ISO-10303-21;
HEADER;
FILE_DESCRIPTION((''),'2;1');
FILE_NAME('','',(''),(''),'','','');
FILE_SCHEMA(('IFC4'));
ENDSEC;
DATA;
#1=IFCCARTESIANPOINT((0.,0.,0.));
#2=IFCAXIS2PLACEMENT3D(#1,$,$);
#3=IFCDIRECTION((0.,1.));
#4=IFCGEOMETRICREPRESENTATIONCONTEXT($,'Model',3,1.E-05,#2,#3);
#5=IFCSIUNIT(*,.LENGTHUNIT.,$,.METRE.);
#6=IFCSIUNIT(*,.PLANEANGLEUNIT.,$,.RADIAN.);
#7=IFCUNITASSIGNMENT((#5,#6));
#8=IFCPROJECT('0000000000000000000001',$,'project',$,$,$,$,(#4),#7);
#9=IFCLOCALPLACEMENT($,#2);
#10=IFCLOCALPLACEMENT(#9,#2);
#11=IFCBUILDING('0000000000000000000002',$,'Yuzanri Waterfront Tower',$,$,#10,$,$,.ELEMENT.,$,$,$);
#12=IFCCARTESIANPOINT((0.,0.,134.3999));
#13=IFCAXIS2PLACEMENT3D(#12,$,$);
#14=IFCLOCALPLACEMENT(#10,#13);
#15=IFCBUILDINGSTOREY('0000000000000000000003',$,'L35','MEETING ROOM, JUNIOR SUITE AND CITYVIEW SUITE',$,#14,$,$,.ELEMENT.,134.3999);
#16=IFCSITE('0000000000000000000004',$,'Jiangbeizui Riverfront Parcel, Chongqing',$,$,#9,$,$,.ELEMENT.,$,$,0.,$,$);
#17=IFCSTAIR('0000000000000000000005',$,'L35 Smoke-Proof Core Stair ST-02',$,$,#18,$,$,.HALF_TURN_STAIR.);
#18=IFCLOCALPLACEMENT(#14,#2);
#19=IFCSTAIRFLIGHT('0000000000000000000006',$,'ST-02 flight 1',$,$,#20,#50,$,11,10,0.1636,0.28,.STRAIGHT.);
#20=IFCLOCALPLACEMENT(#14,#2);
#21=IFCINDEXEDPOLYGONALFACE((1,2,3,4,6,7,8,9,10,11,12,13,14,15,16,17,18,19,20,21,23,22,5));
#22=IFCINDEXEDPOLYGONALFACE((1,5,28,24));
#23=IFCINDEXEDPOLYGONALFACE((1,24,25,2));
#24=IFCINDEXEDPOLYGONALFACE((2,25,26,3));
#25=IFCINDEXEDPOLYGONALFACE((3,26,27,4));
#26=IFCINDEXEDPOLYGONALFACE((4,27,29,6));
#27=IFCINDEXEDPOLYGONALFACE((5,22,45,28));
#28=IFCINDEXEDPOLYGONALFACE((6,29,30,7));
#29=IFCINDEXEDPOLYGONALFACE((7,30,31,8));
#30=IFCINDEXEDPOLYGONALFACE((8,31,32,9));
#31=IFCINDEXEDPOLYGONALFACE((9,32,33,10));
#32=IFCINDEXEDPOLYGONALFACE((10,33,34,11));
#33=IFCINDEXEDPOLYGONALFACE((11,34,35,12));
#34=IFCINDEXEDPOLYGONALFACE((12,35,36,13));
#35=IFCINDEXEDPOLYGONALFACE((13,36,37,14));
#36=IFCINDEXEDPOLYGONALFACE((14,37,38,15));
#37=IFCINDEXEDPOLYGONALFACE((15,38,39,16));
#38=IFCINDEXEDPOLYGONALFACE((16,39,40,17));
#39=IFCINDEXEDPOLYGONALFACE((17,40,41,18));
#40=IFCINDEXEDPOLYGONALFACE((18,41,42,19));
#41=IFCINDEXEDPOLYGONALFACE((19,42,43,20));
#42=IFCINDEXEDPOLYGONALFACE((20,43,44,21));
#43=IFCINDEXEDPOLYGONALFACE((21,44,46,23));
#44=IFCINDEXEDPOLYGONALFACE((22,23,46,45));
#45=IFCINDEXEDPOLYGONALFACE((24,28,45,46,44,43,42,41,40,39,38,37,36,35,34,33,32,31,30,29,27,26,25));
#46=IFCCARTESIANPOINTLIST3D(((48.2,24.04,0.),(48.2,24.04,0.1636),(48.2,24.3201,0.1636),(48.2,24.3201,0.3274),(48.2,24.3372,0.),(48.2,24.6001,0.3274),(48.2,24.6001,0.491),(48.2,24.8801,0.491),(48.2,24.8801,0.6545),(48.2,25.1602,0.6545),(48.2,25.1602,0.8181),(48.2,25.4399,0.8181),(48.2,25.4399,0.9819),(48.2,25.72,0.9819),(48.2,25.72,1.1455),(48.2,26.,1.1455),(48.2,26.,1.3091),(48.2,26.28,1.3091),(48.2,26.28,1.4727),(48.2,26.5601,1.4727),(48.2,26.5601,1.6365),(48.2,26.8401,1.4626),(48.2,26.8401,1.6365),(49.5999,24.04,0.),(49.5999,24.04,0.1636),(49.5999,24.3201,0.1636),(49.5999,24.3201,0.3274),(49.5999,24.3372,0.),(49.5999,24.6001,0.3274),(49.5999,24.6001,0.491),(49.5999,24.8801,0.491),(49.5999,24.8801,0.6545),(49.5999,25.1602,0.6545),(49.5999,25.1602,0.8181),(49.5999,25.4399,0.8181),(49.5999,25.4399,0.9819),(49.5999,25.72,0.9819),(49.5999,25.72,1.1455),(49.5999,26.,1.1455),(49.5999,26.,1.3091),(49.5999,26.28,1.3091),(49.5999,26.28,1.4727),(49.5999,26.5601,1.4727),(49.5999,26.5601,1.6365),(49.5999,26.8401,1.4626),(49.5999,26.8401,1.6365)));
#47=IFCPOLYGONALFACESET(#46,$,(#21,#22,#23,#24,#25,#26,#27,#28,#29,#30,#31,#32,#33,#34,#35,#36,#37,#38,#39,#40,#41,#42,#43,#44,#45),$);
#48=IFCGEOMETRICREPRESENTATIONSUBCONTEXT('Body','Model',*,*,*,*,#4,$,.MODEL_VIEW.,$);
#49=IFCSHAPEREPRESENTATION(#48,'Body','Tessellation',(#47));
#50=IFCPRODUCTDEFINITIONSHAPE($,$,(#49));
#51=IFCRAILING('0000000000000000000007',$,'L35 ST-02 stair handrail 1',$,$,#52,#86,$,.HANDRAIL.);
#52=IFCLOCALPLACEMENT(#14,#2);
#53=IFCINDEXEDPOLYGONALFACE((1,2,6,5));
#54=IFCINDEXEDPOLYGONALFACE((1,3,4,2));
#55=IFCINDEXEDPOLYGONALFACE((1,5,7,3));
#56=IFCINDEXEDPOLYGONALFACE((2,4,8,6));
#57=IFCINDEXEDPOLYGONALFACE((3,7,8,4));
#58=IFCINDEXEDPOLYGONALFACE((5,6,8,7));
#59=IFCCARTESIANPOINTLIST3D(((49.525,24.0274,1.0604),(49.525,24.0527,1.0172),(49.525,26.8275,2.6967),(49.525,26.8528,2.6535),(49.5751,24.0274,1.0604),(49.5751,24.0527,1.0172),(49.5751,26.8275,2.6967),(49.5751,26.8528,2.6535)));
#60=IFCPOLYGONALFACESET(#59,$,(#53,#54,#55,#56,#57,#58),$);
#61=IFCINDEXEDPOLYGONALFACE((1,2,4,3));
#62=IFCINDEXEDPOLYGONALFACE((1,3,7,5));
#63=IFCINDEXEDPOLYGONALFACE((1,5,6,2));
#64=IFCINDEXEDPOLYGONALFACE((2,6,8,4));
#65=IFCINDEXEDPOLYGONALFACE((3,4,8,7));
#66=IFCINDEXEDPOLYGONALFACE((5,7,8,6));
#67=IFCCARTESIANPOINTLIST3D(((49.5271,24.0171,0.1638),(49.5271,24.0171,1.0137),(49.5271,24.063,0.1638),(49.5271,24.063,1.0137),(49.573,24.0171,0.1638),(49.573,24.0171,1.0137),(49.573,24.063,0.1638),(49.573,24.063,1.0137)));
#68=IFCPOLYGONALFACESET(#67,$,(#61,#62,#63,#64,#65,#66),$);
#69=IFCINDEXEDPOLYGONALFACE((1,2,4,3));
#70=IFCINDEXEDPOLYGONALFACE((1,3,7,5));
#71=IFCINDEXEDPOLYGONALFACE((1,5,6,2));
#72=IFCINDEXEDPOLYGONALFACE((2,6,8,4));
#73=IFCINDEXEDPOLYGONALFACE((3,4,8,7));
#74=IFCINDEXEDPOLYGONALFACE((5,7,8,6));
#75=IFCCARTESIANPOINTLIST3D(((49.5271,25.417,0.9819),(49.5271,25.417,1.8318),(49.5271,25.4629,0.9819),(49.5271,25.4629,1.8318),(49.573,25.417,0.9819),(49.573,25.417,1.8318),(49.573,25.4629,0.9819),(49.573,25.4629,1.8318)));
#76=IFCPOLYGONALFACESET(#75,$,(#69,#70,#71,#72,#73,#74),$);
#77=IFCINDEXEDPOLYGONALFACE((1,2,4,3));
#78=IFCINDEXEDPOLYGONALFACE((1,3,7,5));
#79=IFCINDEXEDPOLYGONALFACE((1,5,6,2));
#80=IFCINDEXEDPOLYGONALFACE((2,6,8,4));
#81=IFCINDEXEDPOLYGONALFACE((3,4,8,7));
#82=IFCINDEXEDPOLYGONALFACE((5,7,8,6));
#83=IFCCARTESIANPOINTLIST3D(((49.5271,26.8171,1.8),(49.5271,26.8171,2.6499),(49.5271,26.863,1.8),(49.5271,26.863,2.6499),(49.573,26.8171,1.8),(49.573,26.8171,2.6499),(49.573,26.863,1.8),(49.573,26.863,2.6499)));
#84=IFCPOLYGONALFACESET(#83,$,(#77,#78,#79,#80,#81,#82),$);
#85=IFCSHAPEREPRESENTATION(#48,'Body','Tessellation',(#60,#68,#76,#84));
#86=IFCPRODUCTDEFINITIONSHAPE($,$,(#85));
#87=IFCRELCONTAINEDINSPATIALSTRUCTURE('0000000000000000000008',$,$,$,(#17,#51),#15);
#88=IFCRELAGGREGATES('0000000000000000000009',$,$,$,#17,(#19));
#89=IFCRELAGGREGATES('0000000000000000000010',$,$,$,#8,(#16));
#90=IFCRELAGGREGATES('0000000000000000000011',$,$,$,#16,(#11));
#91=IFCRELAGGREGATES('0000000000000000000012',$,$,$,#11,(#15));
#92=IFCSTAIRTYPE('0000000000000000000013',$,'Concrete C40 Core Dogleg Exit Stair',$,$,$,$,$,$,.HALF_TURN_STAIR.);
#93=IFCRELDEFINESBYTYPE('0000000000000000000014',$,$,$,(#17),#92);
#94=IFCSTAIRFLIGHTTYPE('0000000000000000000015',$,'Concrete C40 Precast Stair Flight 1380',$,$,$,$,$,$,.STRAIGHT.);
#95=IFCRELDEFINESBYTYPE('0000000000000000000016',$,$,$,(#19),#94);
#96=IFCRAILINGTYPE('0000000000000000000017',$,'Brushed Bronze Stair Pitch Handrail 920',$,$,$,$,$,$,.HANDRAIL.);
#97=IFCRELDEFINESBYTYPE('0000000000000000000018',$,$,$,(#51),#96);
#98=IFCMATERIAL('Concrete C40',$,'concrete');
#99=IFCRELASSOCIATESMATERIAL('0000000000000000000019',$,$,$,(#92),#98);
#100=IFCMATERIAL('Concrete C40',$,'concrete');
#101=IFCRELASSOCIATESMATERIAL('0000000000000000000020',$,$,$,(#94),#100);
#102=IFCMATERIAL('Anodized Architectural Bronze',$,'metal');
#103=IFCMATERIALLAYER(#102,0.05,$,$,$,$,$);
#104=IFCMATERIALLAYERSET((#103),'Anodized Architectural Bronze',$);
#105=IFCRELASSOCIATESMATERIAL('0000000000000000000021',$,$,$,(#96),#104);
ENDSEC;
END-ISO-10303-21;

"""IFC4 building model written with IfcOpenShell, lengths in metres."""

from ifc_helpers import new_model, si_unit, direction, frame, origin, origin_2d, place, context, subcontext, project, spatial, polyline, rectangle, outline, extrude, source, transform, mapped, material, layer, layer_set, type_object, element, aggregate, save


model = new_model("IFC4")

# Units and contexts
model_context = context("Model", 3, precision=1e-05, world=origin(), true_north=direction((0.0, 1.0)))
body_context = subcontext(model_context, "Body", "Model", "MODEL_VIEW")
ifc_project = project(units=[si_unit("LENGTHUNIT", "METRE"), si_unit("PLANEANGLEUNIT", "RADIAN")], contexts=[model_context])

# Site, building, storey
site_placement = place(None, origin())
site = spatial("IfcSite", under=ifc_project, at=site_placement, Name="Jiangbeizui Riverfront Parcel, Chongqing", CompositionType="ELEMENT", RefElevation=0.0)
building_placement = place(site_placement, origin())
building = spatial("IfcBuilding", under=site, at=building_placement, Name="Yuzanri Waterfront Tower", CompositionType="ELEMENT")
storey_placement = place(building_placement, frame((0.0, 0.0, 134.3999)))
storey = spatial("IfcBuildingStorey", under=building, at=storey_placement, Name="L35", Description="MEETING ROOM, JUNIOR SUITE AND CITYVIEW SUITE", CompositionType="ELEMENT", Elevation=134.3999)

# Stair, stair flight
ifc_material_1 = material(Name="Concrete C40", Category="concrete")
stair_type = type_object("IfcStairType", Name="Concrete C40 Core Dogleg Exit Stair", PredefinedType="HALF_TURN_STAIR", material=ifc_material_1)
stair_placement = place(storey_placement, origin())
stair = element("IfcStair", 1, at=stair_placement, inside=storey, type_object=stair_type, Name="L35 Smoke-Proof Core Stair ST-02", PredefinedType="HALF_TURN_STAIR")
ifc_material_2 = material(Name="Concrete C40", Category="concrete")
stair_flight_type = type_object("IfcStairFlightType", Name="Concrete C40 Precast Stair Flight 1380", PredefinedType="STRAIGHT", material=ifc_material_2)
shared_shape_1 = source(origin(), body_context, "Body", "SweptSolid", [
    extrude(outline(polyline([(0.0, 0.0), (0.0, 0.1636), (0.28, 0.1636), (0.28, 0.3274), (0.5601, 0.3274), (0.5601, 0.491), (0.8401, 0.491), (0.8401, 0.6545), (1.1201, 0.6545), (1.1201, 0.8181), (1.3999, 0.8181), (1.3999, 0.9819), (1.6799, 0.9819), (1.6799, 1.1455), (1.96, 1.1455), (1.96, 1.3091), (2.24, 1.3091), (2.24, 1.4727), (2.52, 1.4727), (2.52, 1.6365), (2.8, 1.6365), (2.8, 1.8), (2.8, 1.4626), (0.2971, 0.0), (0.0, 0.0)])), frame((0.0, 0.7, 0.0), z_axis=(0.0, -1.0, 0.0), x_axis=(1.0, 0.0, 0.0)), (0.0, 0.0, 1.0), 1.3999),
])
stair_flight_placement = place(storey_placement, frame((48.8999, 24.04, 0.0), z_axis=(0.0, 0.0, 1.0), x_axis=(0.0, 1.0, 0.0)))
stair_flight = element("IfcStairFlight", 2, at=stair_flight_placement, type_object=stair_flight_type, Name="ST-02 flight 1", NumberOfRisers=11, NumberOfTreads=10, PredefinedType="STRAIGHT", RiserHeight=0.1636, TreadLength=0.28, context=body_context, shape_type="MappedRepresentation", body=[
    mapped(shared_shape_1, transform((0.0, 0.0, 0.0), scale=1.0)),
])
aggregate(stair, [stair_flight])

# Railing
ifc_material_3 = material(Name="Anodized Architectural Bronze", Category="metal")
ifc_layer_1 = layer(ifc_material_3, 0.05)
ifc_layer_set_1 = layer_set([ifc_layer_1], Name="Anodized Architectural Bronze")
railing_type = type_object("IfcRailingType", Name="Brushed Bronze Stair Pitch Handrail 920", PredefinedType="HANDRAIL", material=ifc_layer_set_1)
shared_shape_2 = source(origin(), body_context, "Body", "SweptSolid", [
    extrude(rectangle(XDim=0.05, YDim=0.05, at=origin_2d()), frame((0.0, 0.0, 0.875), z_axis=(0.0, 0.863394, 0.504531), x_axis=(-1.0, 0.0, 0.0)), (0.0, 0.0, 1.0), 3.2432),
    extrude(rectangle(XDim=0.0459, YDim=0.0459, at=origin_2d()), origin(), (0.0, 0.0, 1.0), 0.8499),
    extrude(rectangle(XDim=0.0459, YDim=0.0459, at=origin_2d()), frame((0.0, 1.3999, 0.8181)), (0.0, 0.0, 1.0), 0.8499),
    extrude(rectangle(XDim=0.0459, YDim=0.0459, at=origin_2d()), frame((0.0, 2.8, 1.6362)), (0.0, 0.0, 1.0), 0.8499),
])
railing_placement = place(storey_placement, frame((49.55, 24.04, 0.1638)))
element("IfcRailing", 3, at=railing_placement, inside=storey, type_object=railing_type, Name="L35 ST-02 stair handrail 1", PredefinedType="HANDRAIL", context=body_context, shape_type="MappedRepresentation", body=[
    mapped(shared_shape_2, transform((0.0, 0.0, 0.0), scale=1.0)),
])

save(model, "model.ifc")
